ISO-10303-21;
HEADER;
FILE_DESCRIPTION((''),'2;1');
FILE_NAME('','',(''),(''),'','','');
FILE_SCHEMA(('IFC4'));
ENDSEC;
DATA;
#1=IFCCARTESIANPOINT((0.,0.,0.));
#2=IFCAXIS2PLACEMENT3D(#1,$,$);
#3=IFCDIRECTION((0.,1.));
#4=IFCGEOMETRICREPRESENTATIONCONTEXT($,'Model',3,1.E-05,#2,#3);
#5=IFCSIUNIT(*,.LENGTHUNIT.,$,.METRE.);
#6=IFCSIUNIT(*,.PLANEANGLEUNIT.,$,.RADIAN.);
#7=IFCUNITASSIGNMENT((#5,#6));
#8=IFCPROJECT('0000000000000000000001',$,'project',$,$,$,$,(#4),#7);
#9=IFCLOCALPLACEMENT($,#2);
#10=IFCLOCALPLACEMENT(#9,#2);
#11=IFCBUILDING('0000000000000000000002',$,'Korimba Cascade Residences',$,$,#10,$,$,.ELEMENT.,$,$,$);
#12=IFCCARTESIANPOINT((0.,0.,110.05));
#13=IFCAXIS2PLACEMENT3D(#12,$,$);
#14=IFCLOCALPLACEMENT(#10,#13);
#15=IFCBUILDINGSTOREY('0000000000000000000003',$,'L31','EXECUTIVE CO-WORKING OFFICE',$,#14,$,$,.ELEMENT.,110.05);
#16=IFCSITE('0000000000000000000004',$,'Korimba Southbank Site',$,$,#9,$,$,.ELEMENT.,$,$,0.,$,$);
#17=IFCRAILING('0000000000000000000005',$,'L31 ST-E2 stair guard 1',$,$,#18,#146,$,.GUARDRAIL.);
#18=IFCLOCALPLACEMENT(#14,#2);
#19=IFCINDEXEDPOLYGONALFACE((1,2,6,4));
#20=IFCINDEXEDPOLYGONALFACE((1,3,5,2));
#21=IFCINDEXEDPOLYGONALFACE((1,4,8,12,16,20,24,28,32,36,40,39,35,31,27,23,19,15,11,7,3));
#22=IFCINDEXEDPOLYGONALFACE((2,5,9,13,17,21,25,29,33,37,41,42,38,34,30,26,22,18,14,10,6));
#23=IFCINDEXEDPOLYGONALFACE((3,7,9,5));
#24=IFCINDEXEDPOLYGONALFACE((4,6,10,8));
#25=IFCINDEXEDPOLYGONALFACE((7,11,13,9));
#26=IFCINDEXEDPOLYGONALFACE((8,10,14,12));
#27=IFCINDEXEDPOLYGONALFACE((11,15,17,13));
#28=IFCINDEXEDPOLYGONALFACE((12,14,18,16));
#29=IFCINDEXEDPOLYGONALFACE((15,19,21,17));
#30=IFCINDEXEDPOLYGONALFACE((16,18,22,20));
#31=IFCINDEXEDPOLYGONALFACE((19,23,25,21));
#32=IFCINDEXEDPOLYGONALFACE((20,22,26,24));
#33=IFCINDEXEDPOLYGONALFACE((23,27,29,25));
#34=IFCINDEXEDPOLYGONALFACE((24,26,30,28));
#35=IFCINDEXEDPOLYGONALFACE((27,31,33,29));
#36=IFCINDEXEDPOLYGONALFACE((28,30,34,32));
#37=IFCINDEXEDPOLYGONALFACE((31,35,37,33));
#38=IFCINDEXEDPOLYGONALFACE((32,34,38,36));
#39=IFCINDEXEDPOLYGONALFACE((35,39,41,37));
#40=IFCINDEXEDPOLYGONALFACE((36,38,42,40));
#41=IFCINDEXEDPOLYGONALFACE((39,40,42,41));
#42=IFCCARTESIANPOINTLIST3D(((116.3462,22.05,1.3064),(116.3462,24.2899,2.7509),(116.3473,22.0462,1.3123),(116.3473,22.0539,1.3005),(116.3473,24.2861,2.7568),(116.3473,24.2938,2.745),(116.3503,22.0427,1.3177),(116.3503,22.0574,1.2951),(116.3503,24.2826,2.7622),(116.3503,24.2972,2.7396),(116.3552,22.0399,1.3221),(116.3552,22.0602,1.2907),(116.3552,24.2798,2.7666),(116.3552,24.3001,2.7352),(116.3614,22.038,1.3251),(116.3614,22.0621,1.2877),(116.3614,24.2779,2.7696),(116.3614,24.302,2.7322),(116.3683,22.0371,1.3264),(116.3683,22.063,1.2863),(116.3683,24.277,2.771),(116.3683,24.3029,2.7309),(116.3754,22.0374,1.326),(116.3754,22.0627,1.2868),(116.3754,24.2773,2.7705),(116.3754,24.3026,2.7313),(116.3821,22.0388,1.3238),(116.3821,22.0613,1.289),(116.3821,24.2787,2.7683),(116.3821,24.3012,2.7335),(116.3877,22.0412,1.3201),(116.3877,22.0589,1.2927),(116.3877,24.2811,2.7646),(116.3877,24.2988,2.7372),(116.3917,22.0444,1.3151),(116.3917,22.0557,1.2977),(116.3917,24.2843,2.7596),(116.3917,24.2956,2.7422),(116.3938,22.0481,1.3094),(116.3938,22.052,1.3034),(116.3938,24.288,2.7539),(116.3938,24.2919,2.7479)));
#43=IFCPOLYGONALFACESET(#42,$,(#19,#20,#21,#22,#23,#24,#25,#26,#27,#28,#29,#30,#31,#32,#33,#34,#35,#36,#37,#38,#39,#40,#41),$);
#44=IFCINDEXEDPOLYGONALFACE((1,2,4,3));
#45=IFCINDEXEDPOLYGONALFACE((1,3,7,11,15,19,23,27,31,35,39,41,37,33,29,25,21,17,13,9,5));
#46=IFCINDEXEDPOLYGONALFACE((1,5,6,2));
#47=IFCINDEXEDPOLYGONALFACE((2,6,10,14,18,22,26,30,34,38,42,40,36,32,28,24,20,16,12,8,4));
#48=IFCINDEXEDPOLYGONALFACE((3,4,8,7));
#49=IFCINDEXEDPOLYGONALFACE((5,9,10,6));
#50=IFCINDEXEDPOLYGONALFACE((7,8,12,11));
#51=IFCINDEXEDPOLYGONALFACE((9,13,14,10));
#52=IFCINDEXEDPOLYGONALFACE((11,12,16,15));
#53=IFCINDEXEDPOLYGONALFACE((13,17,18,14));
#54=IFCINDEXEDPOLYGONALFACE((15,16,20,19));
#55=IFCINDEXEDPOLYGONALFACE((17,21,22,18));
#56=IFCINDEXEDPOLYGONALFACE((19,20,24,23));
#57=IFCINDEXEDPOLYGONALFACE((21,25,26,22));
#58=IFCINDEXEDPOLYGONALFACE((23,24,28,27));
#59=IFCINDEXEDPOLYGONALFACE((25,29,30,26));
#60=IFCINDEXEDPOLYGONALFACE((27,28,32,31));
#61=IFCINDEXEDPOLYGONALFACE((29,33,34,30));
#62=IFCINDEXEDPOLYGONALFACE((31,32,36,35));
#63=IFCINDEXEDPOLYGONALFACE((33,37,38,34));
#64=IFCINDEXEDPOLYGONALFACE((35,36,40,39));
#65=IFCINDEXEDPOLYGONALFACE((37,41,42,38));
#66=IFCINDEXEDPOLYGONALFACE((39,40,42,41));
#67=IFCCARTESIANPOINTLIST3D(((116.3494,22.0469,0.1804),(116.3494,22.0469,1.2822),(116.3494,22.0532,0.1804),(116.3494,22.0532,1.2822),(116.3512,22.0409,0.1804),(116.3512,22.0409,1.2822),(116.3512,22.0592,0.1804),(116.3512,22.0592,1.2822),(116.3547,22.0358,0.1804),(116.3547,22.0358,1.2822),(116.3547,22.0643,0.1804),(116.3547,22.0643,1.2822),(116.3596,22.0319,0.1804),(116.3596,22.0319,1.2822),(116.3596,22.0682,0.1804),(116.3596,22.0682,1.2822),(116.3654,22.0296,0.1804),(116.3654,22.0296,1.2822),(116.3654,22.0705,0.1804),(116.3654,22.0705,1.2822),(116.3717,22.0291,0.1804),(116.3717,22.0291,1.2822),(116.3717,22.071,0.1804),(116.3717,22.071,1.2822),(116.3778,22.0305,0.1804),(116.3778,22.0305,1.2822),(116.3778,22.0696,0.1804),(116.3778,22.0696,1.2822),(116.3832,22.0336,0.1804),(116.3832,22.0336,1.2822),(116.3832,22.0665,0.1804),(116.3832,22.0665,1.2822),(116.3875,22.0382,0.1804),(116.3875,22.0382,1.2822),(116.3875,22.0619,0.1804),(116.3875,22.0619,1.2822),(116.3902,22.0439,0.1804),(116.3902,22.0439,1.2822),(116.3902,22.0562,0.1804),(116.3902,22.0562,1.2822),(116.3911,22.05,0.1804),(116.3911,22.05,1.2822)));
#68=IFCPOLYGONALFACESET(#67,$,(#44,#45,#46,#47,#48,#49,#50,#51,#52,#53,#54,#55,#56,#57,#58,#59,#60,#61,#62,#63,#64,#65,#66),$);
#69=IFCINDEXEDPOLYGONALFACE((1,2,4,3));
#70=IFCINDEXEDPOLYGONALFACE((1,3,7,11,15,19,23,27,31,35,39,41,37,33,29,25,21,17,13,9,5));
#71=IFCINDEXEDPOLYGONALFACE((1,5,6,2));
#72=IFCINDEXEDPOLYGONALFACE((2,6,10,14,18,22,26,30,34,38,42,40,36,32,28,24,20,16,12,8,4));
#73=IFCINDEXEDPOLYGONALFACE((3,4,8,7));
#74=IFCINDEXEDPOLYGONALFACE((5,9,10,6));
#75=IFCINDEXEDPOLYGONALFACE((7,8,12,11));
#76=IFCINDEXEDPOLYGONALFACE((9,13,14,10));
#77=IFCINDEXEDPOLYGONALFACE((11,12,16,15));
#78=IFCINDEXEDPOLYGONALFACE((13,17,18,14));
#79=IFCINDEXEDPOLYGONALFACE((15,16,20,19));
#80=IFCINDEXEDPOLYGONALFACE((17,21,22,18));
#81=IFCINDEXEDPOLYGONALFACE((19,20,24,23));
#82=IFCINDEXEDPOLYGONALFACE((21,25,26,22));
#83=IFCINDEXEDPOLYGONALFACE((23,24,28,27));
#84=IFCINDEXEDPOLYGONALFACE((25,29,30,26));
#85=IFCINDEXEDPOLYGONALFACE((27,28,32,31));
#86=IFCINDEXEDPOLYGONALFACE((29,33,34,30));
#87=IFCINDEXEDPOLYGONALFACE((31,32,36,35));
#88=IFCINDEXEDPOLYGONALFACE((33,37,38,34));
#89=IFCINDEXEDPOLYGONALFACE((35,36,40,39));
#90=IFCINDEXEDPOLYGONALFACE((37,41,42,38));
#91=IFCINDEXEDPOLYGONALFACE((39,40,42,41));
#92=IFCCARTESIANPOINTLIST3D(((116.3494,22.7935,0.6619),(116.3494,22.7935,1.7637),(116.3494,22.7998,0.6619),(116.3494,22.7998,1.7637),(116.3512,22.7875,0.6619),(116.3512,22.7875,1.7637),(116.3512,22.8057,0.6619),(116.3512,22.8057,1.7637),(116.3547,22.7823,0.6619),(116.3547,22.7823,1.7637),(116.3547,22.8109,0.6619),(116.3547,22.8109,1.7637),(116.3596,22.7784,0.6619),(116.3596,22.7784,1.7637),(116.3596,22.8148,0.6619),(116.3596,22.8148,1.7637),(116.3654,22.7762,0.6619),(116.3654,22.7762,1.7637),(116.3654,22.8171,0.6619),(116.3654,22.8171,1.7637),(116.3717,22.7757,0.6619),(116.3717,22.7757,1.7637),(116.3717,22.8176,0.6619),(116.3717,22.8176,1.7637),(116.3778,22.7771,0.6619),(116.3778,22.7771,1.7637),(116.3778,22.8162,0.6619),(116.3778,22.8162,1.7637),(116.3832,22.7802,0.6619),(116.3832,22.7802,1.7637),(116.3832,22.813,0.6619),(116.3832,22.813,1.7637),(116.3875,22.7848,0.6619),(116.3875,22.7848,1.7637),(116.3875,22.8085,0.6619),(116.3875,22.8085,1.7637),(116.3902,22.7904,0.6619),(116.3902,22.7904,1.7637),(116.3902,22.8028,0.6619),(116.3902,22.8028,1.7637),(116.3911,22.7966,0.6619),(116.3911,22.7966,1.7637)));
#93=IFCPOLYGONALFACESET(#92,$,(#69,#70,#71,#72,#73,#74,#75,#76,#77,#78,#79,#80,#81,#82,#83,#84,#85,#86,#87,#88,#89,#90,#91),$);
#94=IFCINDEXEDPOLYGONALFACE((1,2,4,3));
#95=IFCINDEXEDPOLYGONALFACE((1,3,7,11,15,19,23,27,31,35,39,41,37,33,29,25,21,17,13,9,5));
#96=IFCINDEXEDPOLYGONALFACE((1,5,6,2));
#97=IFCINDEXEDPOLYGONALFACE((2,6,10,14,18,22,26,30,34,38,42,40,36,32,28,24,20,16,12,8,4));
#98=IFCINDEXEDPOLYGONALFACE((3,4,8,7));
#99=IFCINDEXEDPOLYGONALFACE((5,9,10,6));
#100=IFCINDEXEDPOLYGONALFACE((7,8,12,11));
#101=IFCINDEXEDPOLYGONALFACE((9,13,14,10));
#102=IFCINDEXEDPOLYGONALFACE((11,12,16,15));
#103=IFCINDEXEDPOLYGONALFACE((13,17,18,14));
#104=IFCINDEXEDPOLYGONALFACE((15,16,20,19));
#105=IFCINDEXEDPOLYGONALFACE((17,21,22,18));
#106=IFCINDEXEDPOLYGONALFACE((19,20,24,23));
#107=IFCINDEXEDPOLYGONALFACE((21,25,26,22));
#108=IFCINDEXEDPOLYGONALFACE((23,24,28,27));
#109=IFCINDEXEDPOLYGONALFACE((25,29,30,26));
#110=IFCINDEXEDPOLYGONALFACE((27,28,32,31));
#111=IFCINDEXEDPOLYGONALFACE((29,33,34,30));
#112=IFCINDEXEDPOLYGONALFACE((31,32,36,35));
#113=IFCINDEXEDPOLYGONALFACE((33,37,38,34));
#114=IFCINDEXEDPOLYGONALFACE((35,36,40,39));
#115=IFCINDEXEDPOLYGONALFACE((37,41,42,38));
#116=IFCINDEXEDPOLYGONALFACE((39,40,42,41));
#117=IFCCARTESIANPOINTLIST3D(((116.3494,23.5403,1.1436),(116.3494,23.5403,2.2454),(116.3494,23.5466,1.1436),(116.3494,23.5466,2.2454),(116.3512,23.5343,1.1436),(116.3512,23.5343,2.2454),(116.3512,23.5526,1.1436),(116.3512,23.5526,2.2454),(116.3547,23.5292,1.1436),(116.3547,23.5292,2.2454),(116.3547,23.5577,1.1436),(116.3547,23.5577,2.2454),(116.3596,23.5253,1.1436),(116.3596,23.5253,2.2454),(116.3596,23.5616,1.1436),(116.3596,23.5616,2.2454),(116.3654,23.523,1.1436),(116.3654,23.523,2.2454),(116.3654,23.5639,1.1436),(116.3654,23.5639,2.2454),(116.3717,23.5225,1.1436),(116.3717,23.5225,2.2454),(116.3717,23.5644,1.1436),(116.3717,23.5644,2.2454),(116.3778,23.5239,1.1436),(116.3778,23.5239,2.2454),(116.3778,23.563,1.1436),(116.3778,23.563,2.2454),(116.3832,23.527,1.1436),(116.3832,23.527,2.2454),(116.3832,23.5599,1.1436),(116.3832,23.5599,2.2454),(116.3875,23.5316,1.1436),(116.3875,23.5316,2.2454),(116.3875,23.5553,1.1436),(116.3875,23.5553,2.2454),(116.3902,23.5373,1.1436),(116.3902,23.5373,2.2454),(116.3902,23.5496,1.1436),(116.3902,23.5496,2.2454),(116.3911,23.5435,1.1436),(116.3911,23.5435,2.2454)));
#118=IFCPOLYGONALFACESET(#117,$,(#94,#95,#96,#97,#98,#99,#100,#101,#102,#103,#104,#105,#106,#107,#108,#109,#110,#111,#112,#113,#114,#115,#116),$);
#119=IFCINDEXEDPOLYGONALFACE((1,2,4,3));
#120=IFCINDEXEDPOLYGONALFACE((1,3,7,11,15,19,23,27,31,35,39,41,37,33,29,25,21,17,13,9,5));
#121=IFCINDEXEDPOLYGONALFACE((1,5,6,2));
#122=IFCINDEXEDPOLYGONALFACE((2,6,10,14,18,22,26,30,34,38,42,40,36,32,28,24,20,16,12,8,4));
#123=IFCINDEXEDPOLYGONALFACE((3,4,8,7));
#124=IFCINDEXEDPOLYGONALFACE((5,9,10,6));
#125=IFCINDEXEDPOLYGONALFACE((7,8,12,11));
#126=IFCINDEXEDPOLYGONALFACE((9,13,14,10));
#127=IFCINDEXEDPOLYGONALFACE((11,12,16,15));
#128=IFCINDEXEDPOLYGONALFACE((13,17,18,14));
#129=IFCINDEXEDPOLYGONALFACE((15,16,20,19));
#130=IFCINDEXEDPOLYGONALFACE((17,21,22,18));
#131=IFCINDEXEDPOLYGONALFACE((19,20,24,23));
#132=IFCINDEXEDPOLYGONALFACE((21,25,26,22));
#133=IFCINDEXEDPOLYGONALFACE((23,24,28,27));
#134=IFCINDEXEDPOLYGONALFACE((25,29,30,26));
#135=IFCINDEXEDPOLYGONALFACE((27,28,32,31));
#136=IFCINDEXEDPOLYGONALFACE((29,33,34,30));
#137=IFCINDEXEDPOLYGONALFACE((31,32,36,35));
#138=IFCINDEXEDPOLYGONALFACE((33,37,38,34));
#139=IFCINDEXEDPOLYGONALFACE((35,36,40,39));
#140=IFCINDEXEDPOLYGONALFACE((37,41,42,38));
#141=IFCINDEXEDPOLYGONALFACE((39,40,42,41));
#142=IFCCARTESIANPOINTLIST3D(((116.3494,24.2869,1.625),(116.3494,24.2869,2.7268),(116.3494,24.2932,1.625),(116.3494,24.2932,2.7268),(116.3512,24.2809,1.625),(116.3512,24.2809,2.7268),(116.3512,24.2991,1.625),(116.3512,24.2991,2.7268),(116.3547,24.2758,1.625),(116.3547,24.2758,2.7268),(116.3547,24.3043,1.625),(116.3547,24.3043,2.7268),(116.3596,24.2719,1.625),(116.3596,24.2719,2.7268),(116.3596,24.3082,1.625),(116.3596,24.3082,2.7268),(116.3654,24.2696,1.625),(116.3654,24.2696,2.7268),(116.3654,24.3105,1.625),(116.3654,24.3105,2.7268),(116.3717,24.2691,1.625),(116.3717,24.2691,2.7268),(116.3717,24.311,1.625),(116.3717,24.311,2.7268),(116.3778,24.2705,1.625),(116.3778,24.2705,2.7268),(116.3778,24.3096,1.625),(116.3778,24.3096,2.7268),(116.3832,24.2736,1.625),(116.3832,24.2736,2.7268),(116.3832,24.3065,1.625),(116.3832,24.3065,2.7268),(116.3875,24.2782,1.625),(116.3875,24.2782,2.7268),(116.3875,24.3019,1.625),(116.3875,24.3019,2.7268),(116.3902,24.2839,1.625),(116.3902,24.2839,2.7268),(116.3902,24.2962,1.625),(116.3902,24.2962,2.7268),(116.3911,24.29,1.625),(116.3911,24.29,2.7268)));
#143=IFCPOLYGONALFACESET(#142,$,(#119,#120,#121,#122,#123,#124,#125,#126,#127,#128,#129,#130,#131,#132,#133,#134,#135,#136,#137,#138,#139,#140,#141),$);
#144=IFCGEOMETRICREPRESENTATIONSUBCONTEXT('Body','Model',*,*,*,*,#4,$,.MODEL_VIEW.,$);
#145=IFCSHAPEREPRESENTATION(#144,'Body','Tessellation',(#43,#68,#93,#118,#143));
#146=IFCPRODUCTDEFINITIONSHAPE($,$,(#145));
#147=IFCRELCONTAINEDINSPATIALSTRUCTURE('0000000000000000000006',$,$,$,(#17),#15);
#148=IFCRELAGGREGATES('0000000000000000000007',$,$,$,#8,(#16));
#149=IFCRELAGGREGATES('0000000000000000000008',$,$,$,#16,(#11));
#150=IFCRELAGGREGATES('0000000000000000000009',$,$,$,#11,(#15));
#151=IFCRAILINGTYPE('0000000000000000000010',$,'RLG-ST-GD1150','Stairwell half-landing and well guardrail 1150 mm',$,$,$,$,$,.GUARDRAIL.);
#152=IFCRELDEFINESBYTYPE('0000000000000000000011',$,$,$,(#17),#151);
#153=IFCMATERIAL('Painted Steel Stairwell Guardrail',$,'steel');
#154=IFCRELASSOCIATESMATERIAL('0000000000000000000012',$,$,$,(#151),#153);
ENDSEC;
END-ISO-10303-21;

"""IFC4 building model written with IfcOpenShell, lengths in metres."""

from ifc_helpers import new_model, si_unit, direction, frame, origin, origin_2d, place, context, subcontext, project, spatial, circle, extrude, material, type_object, element, save


model = new_model("IFC4")

# Units and contexts
model_context = context("Model", 3, precision=1e-05, world=origin(), true_north=direction((0.0, 1.0)))
body_context = subcontext(model_context, "Body", "Model", "MODEL_VIEW")
ifc_project = project(units=[si_unit("LENGTHUNIT", "METRE"), si_unit("PLANEANGLEUNIT", "RADIAN")], contexts=[model_context])

# Site, building, storey
site_placement = place(None, origin())
site = spatial("IfcSite", under=ifc_project, at=site_placement, Name="Korimba Southbank Site", CompositionType="ELEMENT", RefElevation=0.0)
building_placement = place(site_placement, origin())
building = spatial("IfcBuilding", under=site, at=building_placement, Name="Korimba Cascade Residences", CompositionType="ELEMENT")
storey_placement = place(building_placement, frame((0.0, 0.0, 110.05)))
storey = spatial("IfcBuildingStorey", under=building, at=storey_placement, Name="L31", Description="EXECUTIVE CO-WORKING OFFICE", CompositionType="ELEMENT", Elevation=110.05)

# Railing
ifc_material_1 = material(Name="Painted Steel Stairwell Guardrail", Category="steel")
railing_type = type_object("IfcRailingType", Name="RLG-ST-GD1150", Description="Stairwell half-landing and well guardrail 1150 mm", PredefinedType="GUARDRAIL", material=ifc_material_1)
railing_1_placement = place(storey_placement, frame((116.3701, 22.05, 0.1804)))
element("IfcRailing", 1, at=railing_1_placement, inside=storey, type_object=railing_type, Name="L31 ST-E2 stair guard 1", PredefinedType="GUARDRAIL", context=body_context, shape_type="SweptSolid", body=[
    extrude(circle(Radius=0.0239, at=origin_2d()), frame((0.0, 0.0, 1.126), z_axis=(0.0, 0.840395, 0.541975), x_axis=(-1.0, 0.0, 0.0)), (0.0, 0.0, 1.0), 2.6653),
    extrude(circle(Radius=0.021, at=origin_2d()), origin(), (0.0, 0.0, 1.0), 1.1018),
    extrude(circle(Radius=0.021, at=origin_2d()), frame((0.0, 0.7466, 0.4814)), (0.0, 0.0, 1.0), 1.1018),
    extrude(circle(Radius=0.021, at=origin_2d()), frame((0.0, 1.4934, 0.9631)), (0.0, 0.0, 1.0), 1.1018),
    extrude(circle(Radius=0.021, at=origin_2d()), frame((0.0, 2.24, 1.4446)), (0.0, 0.0, 1.0), 1.1018),
])

save(model, "model.ifc")
